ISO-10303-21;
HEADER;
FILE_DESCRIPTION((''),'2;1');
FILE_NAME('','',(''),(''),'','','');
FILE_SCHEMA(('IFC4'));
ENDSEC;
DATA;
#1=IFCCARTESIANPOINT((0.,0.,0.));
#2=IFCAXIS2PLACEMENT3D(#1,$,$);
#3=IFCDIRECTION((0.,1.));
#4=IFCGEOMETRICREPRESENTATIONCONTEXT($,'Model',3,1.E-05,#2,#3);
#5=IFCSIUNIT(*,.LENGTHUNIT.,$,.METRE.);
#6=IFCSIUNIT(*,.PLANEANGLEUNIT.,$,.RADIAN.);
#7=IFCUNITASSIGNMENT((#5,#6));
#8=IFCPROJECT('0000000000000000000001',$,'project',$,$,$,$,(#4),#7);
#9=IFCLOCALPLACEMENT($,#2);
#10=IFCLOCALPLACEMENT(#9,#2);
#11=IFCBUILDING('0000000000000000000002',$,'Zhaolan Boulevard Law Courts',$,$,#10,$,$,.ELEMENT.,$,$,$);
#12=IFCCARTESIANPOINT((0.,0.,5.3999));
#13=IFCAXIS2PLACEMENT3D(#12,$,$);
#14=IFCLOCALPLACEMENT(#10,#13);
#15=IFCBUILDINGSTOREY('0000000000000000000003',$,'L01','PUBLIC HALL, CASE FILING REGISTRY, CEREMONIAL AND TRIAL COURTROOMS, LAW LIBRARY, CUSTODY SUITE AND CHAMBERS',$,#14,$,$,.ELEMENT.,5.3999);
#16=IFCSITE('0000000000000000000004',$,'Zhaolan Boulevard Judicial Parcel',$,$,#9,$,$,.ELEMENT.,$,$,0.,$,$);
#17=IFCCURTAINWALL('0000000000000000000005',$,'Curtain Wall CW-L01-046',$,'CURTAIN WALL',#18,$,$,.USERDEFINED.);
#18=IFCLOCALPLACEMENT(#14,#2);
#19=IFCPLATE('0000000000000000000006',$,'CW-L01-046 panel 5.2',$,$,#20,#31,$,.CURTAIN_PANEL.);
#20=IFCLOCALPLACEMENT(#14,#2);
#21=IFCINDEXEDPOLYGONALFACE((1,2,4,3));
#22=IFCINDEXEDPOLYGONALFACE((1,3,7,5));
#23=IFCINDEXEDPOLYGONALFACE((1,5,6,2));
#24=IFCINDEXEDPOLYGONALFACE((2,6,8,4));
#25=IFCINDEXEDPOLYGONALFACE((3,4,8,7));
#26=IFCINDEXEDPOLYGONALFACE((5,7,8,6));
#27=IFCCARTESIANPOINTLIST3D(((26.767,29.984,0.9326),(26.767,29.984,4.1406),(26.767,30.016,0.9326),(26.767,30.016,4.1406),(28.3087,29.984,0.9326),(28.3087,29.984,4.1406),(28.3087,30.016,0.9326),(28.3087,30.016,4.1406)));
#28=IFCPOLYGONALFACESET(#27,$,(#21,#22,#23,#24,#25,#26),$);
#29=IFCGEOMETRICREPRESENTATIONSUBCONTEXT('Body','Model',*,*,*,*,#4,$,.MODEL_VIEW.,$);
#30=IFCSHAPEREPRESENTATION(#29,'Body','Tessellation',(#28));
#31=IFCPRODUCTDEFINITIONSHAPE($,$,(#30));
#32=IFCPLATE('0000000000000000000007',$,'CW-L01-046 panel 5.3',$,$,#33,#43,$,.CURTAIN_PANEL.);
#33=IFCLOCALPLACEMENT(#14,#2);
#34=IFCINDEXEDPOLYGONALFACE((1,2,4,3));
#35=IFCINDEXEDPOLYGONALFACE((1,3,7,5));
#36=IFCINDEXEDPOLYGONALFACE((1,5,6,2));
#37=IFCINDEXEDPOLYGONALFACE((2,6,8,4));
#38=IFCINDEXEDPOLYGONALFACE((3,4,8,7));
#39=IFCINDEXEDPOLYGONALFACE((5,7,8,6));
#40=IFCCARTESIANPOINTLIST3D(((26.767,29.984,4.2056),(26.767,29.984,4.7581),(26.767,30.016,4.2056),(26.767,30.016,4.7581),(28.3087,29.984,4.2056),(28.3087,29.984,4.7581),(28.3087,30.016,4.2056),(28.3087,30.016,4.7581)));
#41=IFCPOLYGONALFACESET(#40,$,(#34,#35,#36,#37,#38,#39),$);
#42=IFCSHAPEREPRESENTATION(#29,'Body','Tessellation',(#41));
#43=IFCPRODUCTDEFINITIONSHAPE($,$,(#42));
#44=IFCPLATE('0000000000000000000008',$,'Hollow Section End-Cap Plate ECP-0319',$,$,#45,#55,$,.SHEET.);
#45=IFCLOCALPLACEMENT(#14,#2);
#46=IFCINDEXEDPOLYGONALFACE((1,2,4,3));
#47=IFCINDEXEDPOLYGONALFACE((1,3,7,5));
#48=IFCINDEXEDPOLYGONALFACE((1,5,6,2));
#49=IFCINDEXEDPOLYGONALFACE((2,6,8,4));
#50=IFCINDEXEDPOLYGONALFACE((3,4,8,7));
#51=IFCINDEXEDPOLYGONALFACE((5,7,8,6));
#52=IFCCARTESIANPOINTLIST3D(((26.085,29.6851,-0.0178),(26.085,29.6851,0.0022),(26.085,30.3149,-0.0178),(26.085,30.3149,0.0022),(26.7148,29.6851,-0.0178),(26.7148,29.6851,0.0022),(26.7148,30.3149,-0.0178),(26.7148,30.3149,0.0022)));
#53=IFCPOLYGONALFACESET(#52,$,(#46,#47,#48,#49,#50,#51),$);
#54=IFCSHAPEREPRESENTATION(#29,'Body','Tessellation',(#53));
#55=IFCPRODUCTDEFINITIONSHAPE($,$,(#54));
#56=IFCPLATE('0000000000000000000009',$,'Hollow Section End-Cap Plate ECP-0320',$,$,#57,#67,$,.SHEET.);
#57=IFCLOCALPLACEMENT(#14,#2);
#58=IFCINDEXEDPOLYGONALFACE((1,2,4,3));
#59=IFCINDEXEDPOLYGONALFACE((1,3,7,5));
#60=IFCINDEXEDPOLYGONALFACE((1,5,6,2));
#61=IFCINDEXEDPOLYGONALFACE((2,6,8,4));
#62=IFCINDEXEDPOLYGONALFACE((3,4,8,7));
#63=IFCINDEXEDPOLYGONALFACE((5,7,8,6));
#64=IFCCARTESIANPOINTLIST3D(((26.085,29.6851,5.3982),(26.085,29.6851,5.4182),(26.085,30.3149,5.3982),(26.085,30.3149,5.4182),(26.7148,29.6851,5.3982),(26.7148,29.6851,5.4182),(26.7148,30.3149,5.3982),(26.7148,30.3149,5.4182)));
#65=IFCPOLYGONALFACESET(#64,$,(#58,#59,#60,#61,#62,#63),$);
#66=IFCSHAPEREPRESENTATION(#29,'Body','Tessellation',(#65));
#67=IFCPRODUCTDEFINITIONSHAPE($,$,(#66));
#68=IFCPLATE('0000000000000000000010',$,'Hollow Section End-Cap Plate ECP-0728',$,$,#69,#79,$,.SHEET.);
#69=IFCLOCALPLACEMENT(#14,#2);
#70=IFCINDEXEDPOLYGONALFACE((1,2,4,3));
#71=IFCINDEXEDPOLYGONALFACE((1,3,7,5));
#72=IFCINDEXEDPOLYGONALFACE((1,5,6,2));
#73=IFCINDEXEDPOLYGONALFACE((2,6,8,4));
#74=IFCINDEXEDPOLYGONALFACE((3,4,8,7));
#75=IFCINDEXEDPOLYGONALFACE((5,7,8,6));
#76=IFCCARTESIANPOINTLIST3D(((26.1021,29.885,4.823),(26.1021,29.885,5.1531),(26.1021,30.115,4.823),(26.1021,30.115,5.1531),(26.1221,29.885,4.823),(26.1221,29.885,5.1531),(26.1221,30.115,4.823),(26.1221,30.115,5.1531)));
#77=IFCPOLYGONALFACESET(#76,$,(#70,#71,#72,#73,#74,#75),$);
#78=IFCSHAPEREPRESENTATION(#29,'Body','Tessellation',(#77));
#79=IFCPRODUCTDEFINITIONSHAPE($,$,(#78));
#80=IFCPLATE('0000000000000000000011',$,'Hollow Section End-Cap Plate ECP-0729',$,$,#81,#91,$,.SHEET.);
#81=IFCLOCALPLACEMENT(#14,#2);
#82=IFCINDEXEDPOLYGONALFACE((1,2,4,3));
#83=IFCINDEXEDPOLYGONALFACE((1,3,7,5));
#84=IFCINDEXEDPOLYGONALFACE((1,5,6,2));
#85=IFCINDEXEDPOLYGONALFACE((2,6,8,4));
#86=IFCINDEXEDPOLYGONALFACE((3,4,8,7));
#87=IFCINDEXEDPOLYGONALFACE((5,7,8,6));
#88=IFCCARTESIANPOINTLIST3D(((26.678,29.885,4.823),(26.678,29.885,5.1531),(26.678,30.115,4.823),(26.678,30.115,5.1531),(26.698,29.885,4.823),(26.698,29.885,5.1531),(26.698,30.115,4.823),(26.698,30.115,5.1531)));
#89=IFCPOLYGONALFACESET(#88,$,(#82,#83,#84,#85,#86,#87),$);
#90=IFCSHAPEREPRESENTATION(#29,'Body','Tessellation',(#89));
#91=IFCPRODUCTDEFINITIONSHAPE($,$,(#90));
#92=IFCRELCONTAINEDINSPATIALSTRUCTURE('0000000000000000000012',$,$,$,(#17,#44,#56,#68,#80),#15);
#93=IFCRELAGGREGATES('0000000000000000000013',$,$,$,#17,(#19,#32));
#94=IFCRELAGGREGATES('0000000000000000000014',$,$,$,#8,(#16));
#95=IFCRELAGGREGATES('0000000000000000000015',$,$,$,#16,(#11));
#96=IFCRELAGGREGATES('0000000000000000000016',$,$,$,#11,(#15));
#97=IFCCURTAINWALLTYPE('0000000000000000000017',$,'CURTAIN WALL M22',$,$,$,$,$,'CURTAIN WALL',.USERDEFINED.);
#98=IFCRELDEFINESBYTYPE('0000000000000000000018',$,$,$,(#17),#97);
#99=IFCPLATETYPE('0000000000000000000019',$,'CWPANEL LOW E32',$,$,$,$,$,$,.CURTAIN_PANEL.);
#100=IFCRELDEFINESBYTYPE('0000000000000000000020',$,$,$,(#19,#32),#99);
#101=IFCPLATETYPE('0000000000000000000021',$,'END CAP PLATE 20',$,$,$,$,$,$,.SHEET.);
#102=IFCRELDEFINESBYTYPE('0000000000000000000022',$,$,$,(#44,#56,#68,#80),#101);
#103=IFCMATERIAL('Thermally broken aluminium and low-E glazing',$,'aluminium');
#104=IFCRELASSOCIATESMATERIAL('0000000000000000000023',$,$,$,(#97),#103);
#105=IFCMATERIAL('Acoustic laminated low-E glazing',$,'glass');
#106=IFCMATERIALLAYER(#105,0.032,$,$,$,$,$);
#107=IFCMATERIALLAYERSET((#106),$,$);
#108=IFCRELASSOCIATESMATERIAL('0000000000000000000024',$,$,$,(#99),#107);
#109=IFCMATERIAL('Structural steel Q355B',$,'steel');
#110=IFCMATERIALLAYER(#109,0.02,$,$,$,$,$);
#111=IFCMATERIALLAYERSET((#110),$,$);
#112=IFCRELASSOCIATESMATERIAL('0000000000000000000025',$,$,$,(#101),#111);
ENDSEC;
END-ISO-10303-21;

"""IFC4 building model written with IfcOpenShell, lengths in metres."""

from ifc_helpers import new_model, si_unit, direction, frame, origin, origin_2d, place, context, subcontext, project, spatial, rectangle, extrude, material, layer, layer_set, type_object, element, aggregate, save


model = new_model("IFC4")

# Units and contexts
model_context = context("Model", 3, precision=1e-05, world=origin(), true_north=direction((0.0, 1.0)))
body_context = subcontext(model_context, "Body", "Model", "MODEL_VIEW")
ifc_project = project(units=[si_unit("LENGTHUNIT", "METRE"), si_unit("PLANEANGLEUNIT", "RADIAN")], contexts=[model_context])

# Site, building, storey
site_placement = place(None, origin())
site = spatial("IfcSite", under=ifc_project, at=site_placement, Name="Zhaolan Boulevard Judicial Parcel", CompositionType="ELEMENT", RefElevation=0.0)
building_placement = place(site_placement, origin())
building = spatial("IfcBuilding", under=site, at=building_placement, Name="Zhaolan Boulevard Law Courts", CompositionType="ELEMENT")
storey_placement = place(building_placement, frame((0.0, 0.0, 5.3999)))
storey = spatial("IfcBuildingStorey", under=building, at=storey_placement, Name="L01", Description="PUBLIC HALL, CASE FILING REGISTRY, CEREMONIAL AND TRIAL COURTROOMS, LAW LIBRARY, CUSTODY SUITE AND CHAMBERS", CompositionType="ELEMENT", Elevation=5.3999)

# Curtain wall
ifc_material_1 = material(Name="Thermally broken aluminium and low-E glazing", Category="aluminium")
curtain_wall_type_1 = type_object("IfcCurtainWallType", Name="CURTAIN WALL M22", ElementType="CURTAIN WALL", PredefinedType="USERDEFINED", material=ifc_material_1)
curtain_wall_1_placement = place(storey_placement, origin())
curtain_wall_1 = element("IfcCurtainWall", 1, at=curtain_wall_1_placement, inside=storey, type_object=curtain_wall_type_1, Name="Curtain Wall CW-L01-046", ObjectType="CURTAIN WALL", PredefinedType="USERDEFINED")

# Plates
ifc_material_2 = material(Name="Acoustic laminated low-E glazing", Category="glass")
ifc_layer_1 = layer(ifc_material_2, 0.032)
ifc_layer_set_1 = layer_set([ifc_layer_1])
plate_type_1 = type_object("IfcPlateType", Name="CWPANEL LOW E32", PredefinedType="CURTAIN_PANEL", material=ifc_layer_set_1)
plate_1_placement = place(storey_placement, frame((27.5378, 30.0, 0.9326), z_axis=(0.0, 0.0, 1.0), x_axis=(-1.0, 0.0, 0.0)))
plate_1 = element("IfcPlate", 2, at=plate_1_placement, type_object=plate_type_1, Name="CW-L01-046 panel 5.2", PredefinedType="CURTAIN_PANEL", context=body_context, shape_type="SweptSolid", body=[
    extrude(rectangle(XDim=1.5417, YDim=0.032, at=origin_2d()), origin(), (0.0, 0.0, 1.0), 3.208),
])
plate_2_placement = place(storey_placement, frame((27.5378, 30.0, 4.2056), z_axis=(0.0, 0.0, 1.0), x_axis=(-1.0, 0.0, 0.0)))
plate_2 = element("IfcPlate", 3, at=plate_2_placement, type_object=plate_type_1, Name="CW-L01-046 panel 5.3", PredefinedType="CURTAIN_PANEL", context=body_context, shape_type="SweptSolid", body=[
    extrude(rectangle(XDim=1.5417, YDim=0.032, at=origin_2d()), origin(), (0.0, 0.0, 1.0), 0.5525),
])
aggregate(curtain_wall_1, [plate_1, plate_2])

# Plates
ifc_material_3 = material(Name="Structural steel Q355B", Category="steel")
ifc_layer_2 = layer(ifc_material_3, 0.02)
ifc_layer_set_2 = layer_set([ifc_layer_2])
plate_type_2 = type_object("IfcPlateType", Name="END CAP PLATE 20", PredefinedType="SHEET", material=ifc_layer_set_2)
for number, where, z_axis, x_axis, name in (
    (4, (26.3999, 30.0, -0.0178), (0.0, 0.0, 1.0), (1.0, 0.0, 0.0), "Hollow Section End-Cap Plate ECP-0319"),
    (5, (26.3999, 30.0, 5.3982), (0.0, 0.0, 1.0), (1.0, 0.0, 0.0), "Hollow Section End-Cap Plate ECP-0320"),
):
    element("IfcPlate", number, at=place(storey_placement, frame(where, z_axis=z_axis, x_axis=x_axis)), inside=storey, type_object=plate_type_2, Name=name, PredefinedType="SHEET", context=body_context, shape_type="SweptSolid", body=[
        extrude(rectangle(XDim=0.6299, YDim=0.6299, at=origin_2d()), origin(), (0.0, 0.0, 1.0), 0.02),
    ])
for number, where, z_axis, x_axis, name in (
    (6, (26.1121, 30.0, 4.823), (0.0, 0.0, 1.0), (1.0, 0.0, 0.0), "Hollow Section End-Cap Plate ECP-0728"),
    (7, (26.688, 30.0, 4.823), (0.0, 0.0, 1.0), (1.0, 0.0, 0.0), "Hollow Section End-Cap Plate ECP-0729"),
):
    element("IfcPlate", number, at=place(storey_placement, frame(where, z_axis=z_axis, x_axis=x_axis)), inside=storey, type_object=plate_type_2, Name=name, PredefinedType="SHEET", context=body_context, shape_type="SweptSolid", body=[
        extrude(rectangle(XDim=0.02, YDim=0.23, at=origin_2d()), origin(), (0.0, 0.0, 1.0), 0.3301),
    ])

save(model, "model.ifc")
